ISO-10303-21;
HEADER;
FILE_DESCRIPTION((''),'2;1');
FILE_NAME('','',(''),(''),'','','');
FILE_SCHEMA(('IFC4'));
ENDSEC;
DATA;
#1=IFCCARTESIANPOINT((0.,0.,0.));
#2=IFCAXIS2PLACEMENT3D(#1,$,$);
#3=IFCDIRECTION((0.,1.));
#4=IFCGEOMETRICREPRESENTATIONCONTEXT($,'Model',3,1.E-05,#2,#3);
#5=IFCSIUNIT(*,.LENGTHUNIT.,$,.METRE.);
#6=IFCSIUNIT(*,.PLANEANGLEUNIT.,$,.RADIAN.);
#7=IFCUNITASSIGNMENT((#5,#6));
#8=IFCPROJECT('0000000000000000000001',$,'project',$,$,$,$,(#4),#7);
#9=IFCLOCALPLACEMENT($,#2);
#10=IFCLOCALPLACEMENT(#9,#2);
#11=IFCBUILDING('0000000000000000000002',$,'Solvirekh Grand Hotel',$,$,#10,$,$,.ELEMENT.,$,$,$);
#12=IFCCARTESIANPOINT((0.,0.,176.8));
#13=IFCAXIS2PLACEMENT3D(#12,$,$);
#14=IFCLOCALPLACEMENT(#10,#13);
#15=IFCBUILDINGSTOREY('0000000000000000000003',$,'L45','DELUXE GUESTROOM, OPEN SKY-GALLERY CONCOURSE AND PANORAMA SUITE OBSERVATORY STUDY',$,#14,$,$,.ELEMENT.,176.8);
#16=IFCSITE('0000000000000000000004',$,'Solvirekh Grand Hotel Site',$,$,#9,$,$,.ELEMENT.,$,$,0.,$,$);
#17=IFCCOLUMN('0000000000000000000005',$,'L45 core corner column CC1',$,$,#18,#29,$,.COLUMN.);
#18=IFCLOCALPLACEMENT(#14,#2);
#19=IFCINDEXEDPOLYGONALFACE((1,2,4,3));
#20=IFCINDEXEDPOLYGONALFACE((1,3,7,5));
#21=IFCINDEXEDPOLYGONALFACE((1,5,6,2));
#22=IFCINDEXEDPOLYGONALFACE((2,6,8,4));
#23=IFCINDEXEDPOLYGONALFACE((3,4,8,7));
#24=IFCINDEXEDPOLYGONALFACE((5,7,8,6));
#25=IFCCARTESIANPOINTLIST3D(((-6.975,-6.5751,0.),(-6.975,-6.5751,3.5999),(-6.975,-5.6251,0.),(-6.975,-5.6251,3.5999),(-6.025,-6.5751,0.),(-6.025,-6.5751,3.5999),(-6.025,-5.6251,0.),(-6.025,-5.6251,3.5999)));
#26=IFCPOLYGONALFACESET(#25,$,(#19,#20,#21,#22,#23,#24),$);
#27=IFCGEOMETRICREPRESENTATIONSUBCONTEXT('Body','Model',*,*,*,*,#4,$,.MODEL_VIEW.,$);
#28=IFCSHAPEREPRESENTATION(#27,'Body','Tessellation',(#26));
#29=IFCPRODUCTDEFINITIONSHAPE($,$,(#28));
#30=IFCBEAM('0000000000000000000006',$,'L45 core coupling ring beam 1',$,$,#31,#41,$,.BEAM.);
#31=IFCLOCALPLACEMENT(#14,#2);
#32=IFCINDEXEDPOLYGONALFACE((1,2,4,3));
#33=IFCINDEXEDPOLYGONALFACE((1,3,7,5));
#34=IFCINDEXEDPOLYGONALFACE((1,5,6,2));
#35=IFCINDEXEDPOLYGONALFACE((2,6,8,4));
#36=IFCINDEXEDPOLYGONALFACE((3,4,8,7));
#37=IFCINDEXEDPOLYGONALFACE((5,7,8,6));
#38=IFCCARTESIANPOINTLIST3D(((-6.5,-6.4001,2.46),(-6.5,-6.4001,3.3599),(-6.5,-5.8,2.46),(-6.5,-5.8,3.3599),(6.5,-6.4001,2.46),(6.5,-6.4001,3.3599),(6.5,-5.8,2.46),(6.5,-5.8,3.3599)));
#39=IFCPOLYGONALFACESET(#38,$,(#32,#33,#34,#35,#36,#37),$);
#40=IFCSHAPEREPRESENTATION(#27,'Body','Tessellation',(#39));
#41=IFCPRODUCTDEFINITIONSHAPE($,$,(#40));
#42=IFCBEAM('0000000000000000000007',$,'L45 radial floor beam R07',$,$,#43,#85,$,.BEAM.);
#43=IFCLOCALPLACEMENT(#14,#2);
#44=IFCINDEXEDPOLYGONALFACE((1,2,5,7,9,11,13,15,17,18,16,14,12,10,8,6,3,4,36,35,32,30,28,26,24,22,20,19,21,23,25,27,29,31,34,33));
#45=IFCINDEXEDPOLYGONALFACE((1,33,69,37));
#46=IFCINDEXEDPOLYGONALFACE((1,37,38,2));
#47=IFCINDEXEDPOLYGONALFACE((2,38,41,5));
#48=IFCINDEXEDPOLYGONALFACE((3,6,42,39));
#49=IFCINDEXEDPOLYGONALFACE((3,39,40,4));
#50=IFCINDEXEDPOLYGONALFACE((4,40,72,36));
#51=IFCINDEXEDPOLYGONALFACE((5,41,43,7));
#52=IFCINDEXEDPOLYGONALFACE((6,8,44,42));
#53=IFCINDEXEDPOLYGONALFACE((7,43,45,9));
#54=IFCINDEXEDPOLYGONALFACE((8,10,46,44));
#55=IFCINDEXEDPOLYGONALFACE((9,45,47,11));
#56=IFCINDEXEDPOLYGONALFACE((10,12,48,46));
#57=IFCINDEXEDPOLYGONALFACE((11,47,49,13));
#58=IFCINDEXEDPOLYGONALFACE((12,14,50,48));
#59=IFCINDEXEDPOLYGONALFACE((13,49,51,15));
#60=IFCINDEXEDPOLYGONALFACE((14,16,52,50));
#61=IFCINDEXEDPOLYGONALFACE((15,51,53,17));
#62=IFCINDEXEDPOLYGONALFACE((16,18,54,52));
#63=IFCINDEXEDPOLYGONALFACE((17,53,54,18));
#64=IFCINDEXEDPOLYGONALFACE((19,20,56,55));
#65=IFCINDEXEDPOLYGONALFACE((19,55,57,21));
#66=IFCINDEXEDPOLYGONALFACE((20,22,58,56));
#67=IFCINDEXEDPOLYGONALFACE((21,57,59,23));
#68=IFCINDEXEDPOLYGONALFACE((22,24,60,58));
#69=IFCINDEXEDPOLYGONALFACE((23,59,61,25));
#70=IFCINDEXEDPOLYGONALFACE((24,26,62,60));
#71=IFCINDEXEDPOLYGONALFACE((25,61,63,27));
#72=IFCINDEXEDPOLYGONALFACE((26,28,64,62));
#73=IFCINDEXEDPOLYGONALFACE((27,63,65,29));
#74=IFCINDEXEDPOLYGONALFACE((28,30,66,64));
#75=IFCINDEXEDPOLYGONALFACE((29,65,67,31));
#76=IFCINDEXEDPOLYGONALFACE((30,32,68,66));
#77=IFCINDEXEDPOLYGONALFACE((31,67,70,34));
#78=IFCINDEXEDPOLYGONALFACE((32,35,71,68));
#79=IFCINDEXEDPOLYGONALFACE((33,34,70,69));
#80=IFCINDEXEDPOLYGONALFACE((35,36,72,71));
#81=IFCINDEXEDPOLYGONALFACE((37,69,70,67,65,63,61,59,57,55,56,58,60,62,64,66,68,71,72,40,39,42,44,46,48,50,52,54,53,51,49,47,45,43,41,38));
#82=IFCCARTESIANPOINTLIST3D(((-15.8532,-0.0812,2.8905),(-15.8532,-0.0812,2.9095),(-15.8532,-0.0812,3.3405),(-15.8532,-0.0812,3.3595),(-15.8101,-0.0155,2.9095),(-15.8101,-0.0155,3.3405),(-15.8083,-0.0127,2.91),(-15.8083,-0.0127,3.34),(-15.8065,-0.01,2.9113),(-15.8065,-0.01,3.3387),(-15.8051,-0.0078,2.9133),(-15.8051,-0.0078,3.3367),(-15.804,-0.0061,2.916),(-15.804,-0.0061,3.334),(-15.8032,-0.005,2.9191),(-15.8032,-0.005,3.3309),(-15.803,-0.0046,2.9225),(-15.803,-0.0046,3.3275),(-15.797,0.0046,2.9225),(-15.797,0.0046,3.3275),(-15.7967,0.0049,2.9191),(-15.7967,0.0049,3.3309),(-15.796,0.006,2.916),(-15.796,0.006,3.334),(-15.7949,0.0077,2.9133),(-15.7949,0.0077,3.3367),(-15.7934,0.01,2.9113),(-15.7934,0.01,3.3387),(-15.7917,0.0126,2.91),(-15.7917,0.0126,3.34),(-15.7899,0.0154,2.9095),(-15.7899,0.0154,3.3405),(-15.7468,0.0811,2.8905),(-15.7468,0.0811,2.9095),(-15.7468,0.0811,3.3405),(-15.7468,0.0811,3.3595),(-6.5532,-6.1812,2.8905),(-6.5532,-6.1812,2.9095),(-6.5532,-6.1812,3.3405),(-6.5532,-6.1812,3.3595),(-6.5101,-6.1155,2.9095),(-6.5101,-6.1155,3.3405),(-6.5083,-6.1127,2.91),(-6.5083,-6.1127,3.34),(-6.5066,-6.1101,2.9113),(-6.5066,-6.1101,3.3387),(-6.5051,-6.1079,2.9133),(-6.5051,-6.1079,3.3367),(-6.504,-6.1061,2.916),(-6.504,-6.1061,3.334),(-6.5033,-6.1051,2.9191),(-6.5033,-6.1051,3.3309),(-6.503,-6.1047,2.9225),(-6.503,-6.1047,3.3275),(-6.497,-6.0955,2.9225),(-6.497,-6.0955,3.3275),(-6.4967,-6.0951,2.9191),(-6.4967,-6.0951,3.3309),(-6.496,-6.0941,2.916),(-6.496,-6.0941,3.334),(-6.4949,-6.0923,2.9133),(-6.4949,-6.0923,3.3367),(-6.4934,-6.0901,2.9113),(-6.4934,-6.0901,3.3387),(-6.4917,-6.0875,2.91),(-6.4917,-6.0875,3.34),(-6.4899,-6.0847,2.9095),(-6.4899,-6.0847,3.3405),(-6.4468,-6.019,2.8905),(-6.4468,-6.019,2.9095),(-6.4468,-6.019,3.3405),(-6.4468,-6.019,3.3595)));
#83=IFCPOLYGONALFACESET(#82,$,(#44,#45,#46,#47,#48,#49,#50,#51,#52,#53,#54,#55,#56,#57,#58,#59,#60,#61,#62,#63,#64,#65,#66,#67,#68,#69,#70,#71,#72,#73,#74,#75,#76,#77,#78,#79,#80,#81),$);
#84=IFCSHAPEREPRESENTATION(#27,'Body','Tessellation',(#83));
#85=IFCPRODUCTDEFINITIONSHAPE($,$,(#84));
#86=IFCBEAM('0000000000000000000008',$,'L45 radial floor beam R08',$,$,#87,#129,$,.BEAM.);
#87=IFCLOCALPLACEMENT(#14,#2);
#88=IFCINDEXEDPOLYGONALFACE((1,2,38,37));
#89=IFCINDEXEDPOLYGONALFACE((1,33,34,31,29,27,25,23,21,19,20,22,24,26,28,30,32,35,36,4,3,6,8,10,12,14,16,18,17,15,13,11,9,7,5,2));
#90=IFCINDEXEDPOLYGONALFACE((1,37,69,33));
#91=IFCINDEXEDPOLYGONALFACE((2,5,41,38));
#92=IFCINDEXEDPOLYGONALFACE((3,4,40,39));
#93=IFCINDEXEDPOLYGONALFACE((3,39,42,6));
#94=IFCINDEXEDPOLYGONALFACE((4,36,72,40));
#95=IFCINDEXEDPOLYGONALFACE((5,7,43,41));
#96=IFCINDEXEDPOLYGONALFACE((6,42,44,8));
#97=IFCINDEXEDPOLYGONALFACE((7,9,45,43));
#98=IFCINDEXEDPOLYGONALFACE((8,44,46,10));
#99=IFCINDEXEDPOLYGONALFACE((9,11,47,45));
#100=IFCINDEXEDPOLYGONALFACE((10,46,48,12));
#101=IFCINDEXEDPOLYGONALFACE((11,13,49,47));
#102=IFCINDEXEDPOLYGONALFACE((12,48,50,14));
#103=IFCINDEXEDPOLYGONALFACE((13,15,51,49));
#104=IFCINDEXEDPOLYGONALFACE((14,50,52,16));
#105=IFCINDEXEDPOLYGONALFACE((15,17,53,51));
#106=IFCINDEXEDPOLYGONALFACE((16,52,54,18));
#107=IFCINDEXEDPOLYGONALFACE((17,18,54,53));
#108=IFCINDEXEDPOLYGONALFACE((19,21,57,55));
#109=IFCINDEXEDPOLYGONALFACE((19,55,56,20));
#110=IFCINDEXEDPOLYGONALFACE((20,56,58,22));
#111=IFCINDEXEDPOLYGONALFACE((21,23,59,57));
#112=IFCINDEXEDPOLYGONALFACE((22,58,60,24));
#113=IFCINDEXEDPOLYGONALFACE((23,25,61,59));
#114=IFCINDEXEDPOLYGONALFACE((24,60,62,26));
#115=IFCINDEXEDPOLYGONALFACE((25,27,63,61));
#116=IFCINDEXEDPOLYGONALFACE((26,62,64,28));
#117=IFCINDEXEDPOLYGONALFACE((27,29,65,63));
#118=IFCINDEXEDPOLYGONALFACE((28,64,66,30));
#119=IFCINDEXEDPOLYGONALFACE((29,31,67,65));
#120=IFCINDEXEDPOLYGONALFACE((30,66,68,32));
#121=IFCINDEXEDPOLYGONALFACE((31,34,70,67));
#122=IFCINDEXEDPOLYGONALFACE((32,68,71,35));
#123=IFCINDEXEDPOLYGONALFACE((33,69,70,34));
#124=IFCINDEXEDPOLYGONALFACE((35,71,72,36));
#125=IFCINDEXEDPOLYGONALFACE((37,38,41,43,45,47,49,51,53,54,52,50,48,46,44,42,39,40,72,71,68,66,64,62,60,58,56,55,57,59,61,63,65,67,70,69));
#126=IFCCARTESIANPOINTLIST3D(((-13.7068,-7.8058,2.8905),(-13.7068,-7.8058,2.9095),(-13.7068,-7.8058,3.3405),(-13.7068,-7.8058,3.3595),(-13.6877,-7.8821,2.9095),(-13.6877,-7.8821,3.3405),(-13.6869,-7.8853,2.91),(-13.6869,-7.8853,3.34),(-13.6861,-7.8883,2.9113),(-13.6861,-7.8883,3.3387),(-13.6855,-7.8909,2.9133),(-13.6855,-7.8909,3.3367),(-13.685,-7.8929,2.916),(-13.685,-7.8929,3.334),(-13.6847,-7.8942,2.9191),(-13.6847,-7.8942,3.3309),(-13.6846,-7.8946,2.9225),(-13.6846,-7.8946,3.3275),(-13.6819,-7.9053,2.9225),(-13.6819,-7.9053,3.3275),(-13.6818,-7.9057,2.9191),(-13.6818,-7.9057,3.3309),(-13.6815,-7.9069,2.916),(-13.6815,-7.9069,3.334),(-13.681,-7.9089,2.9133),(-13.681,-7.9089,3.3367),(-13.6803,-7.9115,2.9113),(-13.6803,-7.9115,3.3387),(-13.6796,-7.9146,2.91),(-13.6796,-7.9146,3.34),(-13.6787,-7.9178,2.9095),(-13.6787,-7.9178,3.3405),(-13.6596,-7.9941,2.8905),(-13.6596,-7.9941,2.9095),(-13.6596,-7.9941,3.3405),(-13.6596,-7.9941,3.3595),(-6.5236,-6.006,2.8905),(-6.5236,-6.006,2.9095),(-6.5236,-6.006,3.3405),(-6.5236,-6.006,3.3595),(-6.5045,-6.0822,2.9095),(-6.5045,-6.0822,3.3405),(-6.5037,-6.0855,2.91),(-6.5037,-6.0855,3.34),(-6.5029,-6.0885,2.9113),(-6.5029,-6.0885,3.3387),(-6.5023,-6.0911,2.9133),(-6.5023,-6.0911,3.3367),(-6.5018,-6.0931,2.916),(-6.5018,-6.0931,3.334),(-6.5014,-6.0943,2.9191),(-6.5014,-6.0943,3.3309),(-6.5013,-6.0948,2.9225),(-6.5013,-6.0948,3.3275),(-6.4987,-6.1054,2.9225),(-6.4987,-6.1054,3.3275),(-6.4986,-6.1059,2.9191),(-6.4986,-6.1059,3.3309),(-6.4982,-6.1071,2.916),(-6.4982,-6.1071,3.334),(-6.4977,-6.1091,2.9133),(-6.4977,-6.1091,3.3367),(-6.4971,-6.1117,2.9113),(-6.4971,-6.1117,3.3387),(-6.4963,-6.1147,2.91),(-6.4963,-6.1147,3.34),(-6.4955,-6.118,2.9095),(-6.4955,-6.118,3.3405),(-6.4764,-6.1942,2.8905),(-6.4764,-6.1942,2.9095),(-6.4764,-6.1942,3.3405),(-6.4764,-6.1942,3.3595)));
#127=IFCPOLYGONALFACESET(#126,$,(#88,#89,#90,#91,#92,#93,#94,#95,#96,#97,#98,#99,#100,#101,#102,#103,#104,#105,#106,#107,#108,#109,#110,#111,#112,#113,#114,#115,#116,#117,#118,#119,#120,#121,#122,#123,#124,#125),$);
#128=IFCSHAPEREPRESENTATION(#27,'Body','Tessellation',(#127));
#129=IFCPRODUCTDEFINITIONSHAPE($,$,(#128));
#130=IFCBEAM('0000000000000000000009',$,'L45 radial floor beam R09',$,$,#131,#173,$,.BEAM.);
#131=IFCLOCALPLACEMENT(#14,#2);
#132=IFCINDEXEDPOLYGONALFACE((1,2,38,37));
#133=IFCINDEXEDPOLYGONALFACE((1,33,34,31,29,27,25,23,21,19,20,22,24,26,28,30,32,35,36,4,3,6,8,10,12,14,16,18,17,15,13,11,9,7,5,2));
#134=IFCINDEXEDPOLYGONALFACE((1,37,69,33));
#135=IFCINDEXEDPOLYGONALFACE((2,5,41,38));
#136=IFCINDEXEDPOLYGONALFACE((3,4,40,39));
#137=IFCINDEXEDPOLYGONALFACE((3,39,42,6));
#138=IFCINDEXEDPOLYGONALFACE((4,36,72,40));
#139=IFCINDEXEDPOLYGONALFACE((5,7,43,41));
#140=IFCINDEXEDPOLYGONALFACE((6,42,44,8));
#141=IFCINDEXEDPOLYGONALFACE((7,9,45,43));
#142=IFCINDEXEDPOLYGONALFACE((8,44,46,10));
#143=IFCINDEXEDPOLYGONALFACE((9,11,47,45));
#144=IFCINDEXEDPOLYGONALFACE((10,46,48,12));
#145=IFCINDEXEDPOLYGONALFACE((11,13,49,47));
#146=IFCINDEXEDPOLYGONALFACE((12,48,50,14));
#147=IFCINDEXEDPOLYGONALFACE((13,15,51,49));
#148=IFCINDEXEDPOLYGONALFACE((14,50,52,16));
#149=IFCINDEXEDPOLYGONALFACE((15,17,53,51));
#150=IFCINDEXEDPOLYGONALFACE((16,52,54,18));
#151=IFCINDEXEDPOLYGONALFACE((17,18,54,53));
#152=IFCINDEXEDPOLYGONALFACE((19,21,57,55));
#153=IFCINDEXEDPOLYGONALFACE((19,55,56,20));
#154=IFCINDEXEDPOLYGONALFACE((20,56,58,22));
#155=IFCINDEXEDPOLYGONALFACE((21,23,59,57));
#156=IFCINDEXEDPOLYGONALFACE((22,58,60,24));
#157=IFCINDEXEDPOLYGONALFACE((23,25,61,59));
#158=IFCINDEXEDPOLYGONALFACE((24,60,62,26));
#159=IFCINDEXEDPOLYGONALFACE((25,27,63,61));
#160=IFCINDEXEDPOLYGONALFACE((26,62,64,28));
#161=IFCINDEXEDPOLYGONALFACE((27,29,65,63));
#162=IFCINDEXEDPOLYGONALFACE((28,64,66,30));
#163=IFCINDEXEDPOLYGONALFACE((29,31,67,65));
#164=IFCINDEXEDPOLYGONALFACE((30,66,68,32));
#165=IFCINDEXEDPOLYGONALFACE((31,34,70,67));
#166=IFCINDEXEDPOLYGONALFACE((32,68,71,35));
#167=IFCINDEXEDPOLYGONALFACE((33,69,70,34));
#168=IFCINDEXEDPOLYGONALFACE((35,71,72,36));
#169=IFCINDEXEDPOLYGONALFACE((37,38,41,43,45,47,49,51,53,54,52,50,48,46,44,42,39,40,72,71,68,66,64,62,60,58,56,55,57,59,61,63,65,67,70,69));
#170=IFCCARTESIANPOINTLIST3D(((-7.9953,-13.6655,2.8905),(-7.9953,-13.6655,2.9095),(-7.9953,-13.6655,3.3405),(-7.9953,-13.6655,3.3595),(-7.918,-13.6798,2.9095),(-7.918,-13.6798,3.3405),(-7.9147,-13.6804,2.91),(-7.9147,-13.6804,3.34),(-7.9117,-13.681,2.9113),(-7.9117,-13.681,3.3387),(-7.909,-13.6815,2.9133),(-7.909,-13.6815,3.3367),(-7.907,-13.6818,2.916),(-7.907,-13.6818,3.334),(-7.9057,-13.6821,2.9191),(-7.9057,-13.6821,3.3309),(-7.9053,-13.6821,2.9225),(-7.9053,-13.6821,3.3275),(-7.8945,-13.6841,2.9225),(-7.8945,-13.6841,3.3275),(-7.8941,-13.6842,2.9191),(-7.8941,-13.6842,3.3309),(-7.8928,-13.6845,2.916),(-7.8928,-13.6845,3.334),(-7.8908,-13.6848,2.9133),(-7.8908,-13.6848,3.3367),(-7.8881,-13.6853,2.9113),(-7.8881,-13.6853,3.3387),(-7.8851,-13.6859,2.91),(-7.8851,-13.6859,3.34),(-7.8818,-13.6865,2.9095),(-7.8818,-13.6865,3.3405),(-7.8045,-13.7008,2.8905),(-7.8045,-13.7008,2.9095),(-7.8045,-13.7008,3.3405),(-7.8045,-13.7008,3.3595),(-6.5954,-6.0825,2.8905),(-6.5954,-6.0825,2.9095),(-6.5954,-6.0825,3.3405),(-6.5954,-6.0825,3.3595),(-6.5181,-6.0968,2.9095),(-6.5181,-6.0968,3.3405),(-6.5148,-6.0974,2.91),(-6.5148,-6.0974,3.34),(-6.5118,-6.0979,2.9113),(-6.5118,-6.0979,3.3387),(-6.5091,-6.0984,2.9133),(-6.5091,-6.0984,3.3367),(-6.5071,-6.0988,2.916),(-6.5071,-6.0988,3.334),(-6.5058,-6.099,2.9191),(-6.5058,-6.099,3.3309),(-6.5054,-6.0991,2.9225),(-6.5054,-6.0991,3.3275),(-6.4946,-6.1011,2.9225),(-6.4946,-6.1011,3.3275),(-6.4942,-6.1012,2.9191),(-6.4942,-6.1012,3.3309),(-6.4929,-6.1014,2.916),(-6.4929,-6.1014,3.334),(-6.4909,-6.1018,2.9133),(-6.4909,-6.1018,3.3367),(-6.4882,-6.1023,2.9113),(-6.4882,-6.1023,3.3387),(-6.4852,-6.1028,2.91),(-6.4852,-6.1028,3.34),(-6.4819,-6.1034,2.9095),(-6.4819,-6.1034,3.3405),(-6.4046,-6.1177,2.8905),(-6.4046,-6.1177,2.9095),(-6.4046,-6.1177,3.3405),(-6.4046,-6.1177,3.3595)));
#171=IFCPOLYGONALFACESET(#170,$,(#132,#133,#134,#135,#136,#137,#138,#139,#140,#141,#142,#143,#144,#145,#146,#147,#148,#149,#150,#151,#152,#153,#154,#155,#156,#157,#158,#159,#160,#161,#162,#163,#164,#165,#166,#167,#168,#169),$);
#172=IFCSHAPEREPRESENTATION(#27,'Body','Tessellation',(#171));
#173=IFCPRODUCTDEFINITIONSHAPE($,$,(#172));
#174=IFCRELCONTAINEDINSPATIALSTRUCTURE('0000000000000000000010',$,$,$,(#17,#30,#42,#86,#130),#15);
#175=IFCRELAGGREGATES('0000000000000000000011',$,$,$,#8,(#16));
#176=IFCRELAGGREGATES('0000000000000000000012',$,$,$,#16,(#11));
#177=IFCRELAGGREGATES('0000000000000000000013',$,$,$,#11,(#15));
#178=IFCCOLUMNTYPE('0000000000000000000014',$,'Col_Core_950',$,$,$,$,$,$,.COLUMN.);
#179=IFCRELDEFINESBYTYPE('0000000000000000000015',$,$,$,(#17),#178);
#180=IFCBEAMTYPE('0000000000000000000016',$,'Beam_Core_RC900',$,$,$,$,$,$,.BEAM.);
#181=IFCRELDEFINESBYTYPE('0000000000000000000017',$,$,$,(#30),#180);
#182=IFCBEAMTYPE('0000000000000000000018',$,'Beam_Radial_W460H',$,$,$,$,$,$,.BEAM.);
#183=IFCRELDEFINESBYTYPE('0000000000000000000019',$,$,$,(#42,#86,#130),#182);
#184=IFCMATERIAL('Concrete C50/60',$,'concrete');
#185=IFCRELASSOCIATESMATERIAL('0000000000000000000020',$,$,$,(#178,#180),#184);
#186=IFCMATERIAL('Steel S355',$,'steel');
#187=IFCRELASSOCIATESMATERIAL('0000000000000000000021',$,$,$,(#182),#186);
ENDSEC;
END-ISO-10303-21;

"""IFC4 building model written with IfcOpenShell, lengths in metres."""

from ifc_helpers import new_model, si_unit, direction, frame, origin, origin_2d, place, context, subcontext, project, spatial, rectangle, i_section, extrude, material, material_profile, profile_set, type_object, element, save


model = new_model("IFC4")

# Units and contexts
model_context = context("Model", 3, precision=1e-05, world=origin(), true_north=direction((0.0, 1.0)))
body_context = subcontext(model_context, "Body", "Model", "MODEL_VIEW")
ifc_project = project(units=[si_unit("LENGTHUNIT", "METRE"), si_unit("PLANEANGLEUNIT", "RADIAN")], contexts=[model_context])

# Site, building, storey
site_placement = place(None, origin())
site = spatial("IfcSite", under=ifc_project, at=site_placement, Name="Solvirekh Grand Hotel Site", CompositionType="ELEMENT", RefElevation=0.0)
building_placement = place(site_placement, origin())
building = spatial("IfcBuilding", under=site, at=building_placement, Name="Solvirekh Grand Hotel", CompositionType="ELEMENT")
storey_placement = place(building_placement, frame((0.0, 0.0, 176.8)))
storey = spatial("IfcBuildingStorey", under=building, at=storey_placement, Name="L45", Description="DELUXE GUESTROOM, OPEN SKY-GALLERY CONCOURSE AND PANORAMA SUITE OBSERVATORY STUDY", CompositionType="ELEMENT", Elevation=176.8)

# Column
ifc_material_1 = material(Name="Concrete C50/60", Category="concrete")
ifc_material_profile_1 = material_profile(ifc_material_1, rectangle(XDim=0.95, YDim=0.95, at=origin_2d()), Name="RC 950X950")
ifc_profile_set_1 = profile_set([ifc_material_profile_1], Name="Concrete C50/60")
column_type = type_object("IfcColumnType", Name="Col_Core_950", PredefinedType="COLUMN", material=ifc_profile_set_1)
column_placement = place(storey_placement, frame((-6.5, -6.1001, 0.0), z_axis=(0.0, 0.0, 1.0), x_axis=(1.0, 0.0, 0.0)))
element("IfcColumn", 1, at=column_placement, inside=storey, type_object=column_type, Name="L45 core corner column CC1", PredefinedType="COLUMN", context=body_context, shape_type="SweptSolid", body=[
    extrude(rectangle(XDim=0.95, YDim=0.95, at=origin_2d()), origin(), (0.0, 0.0, 1.0), 3.5999),
])

# Beams
ifc_material_profile_2 = material_profile(ifc_material_1, rectangle(XDim=0.6001, YDim=0.8999, at=origin_2d()), Name="RC BEAM 600X900")
ifc_profile_set_2 = profile_set([ifc_material_profile_2], Name="Concrete C50/60")
beam_type_1 = type_object("IfcBeamType", Name="Beam_Core_RC900", PredefinedType="BEAM", material=ifc_profile_set_2)
beam_1_placement = place(storey_placement, frame((-6.5, -6.1001, 2.9099), z_axis=(1.0, 0.0, 0.0), x_axis=(0.0, 1.0, 0.0)))
element("IfcBeam", 2, at=beam_1_placement, inside=storey, type_object=beam_type_1, Name="L45 core coupling ring beam 1", PredefinedType="BEAM", context=body_context, shape_type="SweptSolid", body=[
    extrude(rectangle(XDim=0.6001, YDim=0.8999, at=origin_2d()), origin(), (0.0, 0.0, 1.0), 13.0),
])
ifc_material_2 = material(Name="Steel S355", Category="steel")
ifc_material_profile_3 = material_profile(ifc_material_2, i_section(OverallWidth=0.1941, OverallDepth=0.469, WebThickness=0.011, FlangeThickness=0.019, FilletRadius=0.0129, at=origin_2d()), Name="W460X106")
ifc_profile_set_3 = profile_set([ifc_material_profile_3], Name="Steel S355")
beam_type_2 = type_object("IfcBeamType", Name="Beam_Radial_W460H", PredefinedType="BEAM", material=ifc_profile_set_3)
beam_2_placement = place(storey_placement, frame((-6.5, -6.1001, 3.125), z_axis=(-0.836174, 0.548464, 0.0), x_axis=(-0.548464, -0.836174, 0.0)))
element("IfcBeam", 3, at=beam_2_placement, inside=storey, type_object=beam_type_2, Name="L45 radial floor beam R07", PredefinedType="BEAM", context=body_context, shape_type="SweptSolid", body=[
    extrude(i_section(OverallWidth=0.1941, OverallDepth=0.469, WebThickness=0.011, FlangeThickness=0.019, FilletRadius=0.0129, at=origin_2d()), origin(), (0.0, 0.0, 1.0), 11.1221),
])
beam_3_placement = place(storey_placement, frame((-6.5, -6.1001, 3.125), z_axis=(-0.970014, -0.243048, 0.0), x_axis=(0.243048, -0.970014, 0.0)))
element("IfcBeam", 4, at=beam_3_placement, inside=storey, type_object=beam_type_2, Name="L45 radial floor beam R08", PredefinedType="BEAM", context=body_context, shape_type="SweptSolid", body=[
    extrude(i_section(OverallWidth=0.1941, OverallDepth=0.469, WebThickness=0.011, FlangeThickness=0.019, FilletRadius=0.0129, at=origin_2d()), origin(), (0.0, 0.0, 1.0), 7.4053),
])
beam_4_placement = place(storey_placement, frame((-6.5, -6.1001, 3.125), z_axis=(-0.181543, -0.983383, 0.0), x_axis=(0.983383, -0.181543, 0.0)))
element("IfcBeam", 5, at=beam_4_placement, inside=storey, type_object=beam_type_2, Name="L45 radial floor beam R09", PredefinedType="BEAM", context=body_context, shape_type="SweptSolid", body=[
    extrude(i_section(OverallWidth=0.1941, OverallDepth=0.469, WebThickness=0.011, FlangeThickness=0.019, FilletRadius=0.0129, at=origin_2d()), origin(), (0.0, 0.0, 1.0), 7.7112),
])

save(model, "model.ifc")
